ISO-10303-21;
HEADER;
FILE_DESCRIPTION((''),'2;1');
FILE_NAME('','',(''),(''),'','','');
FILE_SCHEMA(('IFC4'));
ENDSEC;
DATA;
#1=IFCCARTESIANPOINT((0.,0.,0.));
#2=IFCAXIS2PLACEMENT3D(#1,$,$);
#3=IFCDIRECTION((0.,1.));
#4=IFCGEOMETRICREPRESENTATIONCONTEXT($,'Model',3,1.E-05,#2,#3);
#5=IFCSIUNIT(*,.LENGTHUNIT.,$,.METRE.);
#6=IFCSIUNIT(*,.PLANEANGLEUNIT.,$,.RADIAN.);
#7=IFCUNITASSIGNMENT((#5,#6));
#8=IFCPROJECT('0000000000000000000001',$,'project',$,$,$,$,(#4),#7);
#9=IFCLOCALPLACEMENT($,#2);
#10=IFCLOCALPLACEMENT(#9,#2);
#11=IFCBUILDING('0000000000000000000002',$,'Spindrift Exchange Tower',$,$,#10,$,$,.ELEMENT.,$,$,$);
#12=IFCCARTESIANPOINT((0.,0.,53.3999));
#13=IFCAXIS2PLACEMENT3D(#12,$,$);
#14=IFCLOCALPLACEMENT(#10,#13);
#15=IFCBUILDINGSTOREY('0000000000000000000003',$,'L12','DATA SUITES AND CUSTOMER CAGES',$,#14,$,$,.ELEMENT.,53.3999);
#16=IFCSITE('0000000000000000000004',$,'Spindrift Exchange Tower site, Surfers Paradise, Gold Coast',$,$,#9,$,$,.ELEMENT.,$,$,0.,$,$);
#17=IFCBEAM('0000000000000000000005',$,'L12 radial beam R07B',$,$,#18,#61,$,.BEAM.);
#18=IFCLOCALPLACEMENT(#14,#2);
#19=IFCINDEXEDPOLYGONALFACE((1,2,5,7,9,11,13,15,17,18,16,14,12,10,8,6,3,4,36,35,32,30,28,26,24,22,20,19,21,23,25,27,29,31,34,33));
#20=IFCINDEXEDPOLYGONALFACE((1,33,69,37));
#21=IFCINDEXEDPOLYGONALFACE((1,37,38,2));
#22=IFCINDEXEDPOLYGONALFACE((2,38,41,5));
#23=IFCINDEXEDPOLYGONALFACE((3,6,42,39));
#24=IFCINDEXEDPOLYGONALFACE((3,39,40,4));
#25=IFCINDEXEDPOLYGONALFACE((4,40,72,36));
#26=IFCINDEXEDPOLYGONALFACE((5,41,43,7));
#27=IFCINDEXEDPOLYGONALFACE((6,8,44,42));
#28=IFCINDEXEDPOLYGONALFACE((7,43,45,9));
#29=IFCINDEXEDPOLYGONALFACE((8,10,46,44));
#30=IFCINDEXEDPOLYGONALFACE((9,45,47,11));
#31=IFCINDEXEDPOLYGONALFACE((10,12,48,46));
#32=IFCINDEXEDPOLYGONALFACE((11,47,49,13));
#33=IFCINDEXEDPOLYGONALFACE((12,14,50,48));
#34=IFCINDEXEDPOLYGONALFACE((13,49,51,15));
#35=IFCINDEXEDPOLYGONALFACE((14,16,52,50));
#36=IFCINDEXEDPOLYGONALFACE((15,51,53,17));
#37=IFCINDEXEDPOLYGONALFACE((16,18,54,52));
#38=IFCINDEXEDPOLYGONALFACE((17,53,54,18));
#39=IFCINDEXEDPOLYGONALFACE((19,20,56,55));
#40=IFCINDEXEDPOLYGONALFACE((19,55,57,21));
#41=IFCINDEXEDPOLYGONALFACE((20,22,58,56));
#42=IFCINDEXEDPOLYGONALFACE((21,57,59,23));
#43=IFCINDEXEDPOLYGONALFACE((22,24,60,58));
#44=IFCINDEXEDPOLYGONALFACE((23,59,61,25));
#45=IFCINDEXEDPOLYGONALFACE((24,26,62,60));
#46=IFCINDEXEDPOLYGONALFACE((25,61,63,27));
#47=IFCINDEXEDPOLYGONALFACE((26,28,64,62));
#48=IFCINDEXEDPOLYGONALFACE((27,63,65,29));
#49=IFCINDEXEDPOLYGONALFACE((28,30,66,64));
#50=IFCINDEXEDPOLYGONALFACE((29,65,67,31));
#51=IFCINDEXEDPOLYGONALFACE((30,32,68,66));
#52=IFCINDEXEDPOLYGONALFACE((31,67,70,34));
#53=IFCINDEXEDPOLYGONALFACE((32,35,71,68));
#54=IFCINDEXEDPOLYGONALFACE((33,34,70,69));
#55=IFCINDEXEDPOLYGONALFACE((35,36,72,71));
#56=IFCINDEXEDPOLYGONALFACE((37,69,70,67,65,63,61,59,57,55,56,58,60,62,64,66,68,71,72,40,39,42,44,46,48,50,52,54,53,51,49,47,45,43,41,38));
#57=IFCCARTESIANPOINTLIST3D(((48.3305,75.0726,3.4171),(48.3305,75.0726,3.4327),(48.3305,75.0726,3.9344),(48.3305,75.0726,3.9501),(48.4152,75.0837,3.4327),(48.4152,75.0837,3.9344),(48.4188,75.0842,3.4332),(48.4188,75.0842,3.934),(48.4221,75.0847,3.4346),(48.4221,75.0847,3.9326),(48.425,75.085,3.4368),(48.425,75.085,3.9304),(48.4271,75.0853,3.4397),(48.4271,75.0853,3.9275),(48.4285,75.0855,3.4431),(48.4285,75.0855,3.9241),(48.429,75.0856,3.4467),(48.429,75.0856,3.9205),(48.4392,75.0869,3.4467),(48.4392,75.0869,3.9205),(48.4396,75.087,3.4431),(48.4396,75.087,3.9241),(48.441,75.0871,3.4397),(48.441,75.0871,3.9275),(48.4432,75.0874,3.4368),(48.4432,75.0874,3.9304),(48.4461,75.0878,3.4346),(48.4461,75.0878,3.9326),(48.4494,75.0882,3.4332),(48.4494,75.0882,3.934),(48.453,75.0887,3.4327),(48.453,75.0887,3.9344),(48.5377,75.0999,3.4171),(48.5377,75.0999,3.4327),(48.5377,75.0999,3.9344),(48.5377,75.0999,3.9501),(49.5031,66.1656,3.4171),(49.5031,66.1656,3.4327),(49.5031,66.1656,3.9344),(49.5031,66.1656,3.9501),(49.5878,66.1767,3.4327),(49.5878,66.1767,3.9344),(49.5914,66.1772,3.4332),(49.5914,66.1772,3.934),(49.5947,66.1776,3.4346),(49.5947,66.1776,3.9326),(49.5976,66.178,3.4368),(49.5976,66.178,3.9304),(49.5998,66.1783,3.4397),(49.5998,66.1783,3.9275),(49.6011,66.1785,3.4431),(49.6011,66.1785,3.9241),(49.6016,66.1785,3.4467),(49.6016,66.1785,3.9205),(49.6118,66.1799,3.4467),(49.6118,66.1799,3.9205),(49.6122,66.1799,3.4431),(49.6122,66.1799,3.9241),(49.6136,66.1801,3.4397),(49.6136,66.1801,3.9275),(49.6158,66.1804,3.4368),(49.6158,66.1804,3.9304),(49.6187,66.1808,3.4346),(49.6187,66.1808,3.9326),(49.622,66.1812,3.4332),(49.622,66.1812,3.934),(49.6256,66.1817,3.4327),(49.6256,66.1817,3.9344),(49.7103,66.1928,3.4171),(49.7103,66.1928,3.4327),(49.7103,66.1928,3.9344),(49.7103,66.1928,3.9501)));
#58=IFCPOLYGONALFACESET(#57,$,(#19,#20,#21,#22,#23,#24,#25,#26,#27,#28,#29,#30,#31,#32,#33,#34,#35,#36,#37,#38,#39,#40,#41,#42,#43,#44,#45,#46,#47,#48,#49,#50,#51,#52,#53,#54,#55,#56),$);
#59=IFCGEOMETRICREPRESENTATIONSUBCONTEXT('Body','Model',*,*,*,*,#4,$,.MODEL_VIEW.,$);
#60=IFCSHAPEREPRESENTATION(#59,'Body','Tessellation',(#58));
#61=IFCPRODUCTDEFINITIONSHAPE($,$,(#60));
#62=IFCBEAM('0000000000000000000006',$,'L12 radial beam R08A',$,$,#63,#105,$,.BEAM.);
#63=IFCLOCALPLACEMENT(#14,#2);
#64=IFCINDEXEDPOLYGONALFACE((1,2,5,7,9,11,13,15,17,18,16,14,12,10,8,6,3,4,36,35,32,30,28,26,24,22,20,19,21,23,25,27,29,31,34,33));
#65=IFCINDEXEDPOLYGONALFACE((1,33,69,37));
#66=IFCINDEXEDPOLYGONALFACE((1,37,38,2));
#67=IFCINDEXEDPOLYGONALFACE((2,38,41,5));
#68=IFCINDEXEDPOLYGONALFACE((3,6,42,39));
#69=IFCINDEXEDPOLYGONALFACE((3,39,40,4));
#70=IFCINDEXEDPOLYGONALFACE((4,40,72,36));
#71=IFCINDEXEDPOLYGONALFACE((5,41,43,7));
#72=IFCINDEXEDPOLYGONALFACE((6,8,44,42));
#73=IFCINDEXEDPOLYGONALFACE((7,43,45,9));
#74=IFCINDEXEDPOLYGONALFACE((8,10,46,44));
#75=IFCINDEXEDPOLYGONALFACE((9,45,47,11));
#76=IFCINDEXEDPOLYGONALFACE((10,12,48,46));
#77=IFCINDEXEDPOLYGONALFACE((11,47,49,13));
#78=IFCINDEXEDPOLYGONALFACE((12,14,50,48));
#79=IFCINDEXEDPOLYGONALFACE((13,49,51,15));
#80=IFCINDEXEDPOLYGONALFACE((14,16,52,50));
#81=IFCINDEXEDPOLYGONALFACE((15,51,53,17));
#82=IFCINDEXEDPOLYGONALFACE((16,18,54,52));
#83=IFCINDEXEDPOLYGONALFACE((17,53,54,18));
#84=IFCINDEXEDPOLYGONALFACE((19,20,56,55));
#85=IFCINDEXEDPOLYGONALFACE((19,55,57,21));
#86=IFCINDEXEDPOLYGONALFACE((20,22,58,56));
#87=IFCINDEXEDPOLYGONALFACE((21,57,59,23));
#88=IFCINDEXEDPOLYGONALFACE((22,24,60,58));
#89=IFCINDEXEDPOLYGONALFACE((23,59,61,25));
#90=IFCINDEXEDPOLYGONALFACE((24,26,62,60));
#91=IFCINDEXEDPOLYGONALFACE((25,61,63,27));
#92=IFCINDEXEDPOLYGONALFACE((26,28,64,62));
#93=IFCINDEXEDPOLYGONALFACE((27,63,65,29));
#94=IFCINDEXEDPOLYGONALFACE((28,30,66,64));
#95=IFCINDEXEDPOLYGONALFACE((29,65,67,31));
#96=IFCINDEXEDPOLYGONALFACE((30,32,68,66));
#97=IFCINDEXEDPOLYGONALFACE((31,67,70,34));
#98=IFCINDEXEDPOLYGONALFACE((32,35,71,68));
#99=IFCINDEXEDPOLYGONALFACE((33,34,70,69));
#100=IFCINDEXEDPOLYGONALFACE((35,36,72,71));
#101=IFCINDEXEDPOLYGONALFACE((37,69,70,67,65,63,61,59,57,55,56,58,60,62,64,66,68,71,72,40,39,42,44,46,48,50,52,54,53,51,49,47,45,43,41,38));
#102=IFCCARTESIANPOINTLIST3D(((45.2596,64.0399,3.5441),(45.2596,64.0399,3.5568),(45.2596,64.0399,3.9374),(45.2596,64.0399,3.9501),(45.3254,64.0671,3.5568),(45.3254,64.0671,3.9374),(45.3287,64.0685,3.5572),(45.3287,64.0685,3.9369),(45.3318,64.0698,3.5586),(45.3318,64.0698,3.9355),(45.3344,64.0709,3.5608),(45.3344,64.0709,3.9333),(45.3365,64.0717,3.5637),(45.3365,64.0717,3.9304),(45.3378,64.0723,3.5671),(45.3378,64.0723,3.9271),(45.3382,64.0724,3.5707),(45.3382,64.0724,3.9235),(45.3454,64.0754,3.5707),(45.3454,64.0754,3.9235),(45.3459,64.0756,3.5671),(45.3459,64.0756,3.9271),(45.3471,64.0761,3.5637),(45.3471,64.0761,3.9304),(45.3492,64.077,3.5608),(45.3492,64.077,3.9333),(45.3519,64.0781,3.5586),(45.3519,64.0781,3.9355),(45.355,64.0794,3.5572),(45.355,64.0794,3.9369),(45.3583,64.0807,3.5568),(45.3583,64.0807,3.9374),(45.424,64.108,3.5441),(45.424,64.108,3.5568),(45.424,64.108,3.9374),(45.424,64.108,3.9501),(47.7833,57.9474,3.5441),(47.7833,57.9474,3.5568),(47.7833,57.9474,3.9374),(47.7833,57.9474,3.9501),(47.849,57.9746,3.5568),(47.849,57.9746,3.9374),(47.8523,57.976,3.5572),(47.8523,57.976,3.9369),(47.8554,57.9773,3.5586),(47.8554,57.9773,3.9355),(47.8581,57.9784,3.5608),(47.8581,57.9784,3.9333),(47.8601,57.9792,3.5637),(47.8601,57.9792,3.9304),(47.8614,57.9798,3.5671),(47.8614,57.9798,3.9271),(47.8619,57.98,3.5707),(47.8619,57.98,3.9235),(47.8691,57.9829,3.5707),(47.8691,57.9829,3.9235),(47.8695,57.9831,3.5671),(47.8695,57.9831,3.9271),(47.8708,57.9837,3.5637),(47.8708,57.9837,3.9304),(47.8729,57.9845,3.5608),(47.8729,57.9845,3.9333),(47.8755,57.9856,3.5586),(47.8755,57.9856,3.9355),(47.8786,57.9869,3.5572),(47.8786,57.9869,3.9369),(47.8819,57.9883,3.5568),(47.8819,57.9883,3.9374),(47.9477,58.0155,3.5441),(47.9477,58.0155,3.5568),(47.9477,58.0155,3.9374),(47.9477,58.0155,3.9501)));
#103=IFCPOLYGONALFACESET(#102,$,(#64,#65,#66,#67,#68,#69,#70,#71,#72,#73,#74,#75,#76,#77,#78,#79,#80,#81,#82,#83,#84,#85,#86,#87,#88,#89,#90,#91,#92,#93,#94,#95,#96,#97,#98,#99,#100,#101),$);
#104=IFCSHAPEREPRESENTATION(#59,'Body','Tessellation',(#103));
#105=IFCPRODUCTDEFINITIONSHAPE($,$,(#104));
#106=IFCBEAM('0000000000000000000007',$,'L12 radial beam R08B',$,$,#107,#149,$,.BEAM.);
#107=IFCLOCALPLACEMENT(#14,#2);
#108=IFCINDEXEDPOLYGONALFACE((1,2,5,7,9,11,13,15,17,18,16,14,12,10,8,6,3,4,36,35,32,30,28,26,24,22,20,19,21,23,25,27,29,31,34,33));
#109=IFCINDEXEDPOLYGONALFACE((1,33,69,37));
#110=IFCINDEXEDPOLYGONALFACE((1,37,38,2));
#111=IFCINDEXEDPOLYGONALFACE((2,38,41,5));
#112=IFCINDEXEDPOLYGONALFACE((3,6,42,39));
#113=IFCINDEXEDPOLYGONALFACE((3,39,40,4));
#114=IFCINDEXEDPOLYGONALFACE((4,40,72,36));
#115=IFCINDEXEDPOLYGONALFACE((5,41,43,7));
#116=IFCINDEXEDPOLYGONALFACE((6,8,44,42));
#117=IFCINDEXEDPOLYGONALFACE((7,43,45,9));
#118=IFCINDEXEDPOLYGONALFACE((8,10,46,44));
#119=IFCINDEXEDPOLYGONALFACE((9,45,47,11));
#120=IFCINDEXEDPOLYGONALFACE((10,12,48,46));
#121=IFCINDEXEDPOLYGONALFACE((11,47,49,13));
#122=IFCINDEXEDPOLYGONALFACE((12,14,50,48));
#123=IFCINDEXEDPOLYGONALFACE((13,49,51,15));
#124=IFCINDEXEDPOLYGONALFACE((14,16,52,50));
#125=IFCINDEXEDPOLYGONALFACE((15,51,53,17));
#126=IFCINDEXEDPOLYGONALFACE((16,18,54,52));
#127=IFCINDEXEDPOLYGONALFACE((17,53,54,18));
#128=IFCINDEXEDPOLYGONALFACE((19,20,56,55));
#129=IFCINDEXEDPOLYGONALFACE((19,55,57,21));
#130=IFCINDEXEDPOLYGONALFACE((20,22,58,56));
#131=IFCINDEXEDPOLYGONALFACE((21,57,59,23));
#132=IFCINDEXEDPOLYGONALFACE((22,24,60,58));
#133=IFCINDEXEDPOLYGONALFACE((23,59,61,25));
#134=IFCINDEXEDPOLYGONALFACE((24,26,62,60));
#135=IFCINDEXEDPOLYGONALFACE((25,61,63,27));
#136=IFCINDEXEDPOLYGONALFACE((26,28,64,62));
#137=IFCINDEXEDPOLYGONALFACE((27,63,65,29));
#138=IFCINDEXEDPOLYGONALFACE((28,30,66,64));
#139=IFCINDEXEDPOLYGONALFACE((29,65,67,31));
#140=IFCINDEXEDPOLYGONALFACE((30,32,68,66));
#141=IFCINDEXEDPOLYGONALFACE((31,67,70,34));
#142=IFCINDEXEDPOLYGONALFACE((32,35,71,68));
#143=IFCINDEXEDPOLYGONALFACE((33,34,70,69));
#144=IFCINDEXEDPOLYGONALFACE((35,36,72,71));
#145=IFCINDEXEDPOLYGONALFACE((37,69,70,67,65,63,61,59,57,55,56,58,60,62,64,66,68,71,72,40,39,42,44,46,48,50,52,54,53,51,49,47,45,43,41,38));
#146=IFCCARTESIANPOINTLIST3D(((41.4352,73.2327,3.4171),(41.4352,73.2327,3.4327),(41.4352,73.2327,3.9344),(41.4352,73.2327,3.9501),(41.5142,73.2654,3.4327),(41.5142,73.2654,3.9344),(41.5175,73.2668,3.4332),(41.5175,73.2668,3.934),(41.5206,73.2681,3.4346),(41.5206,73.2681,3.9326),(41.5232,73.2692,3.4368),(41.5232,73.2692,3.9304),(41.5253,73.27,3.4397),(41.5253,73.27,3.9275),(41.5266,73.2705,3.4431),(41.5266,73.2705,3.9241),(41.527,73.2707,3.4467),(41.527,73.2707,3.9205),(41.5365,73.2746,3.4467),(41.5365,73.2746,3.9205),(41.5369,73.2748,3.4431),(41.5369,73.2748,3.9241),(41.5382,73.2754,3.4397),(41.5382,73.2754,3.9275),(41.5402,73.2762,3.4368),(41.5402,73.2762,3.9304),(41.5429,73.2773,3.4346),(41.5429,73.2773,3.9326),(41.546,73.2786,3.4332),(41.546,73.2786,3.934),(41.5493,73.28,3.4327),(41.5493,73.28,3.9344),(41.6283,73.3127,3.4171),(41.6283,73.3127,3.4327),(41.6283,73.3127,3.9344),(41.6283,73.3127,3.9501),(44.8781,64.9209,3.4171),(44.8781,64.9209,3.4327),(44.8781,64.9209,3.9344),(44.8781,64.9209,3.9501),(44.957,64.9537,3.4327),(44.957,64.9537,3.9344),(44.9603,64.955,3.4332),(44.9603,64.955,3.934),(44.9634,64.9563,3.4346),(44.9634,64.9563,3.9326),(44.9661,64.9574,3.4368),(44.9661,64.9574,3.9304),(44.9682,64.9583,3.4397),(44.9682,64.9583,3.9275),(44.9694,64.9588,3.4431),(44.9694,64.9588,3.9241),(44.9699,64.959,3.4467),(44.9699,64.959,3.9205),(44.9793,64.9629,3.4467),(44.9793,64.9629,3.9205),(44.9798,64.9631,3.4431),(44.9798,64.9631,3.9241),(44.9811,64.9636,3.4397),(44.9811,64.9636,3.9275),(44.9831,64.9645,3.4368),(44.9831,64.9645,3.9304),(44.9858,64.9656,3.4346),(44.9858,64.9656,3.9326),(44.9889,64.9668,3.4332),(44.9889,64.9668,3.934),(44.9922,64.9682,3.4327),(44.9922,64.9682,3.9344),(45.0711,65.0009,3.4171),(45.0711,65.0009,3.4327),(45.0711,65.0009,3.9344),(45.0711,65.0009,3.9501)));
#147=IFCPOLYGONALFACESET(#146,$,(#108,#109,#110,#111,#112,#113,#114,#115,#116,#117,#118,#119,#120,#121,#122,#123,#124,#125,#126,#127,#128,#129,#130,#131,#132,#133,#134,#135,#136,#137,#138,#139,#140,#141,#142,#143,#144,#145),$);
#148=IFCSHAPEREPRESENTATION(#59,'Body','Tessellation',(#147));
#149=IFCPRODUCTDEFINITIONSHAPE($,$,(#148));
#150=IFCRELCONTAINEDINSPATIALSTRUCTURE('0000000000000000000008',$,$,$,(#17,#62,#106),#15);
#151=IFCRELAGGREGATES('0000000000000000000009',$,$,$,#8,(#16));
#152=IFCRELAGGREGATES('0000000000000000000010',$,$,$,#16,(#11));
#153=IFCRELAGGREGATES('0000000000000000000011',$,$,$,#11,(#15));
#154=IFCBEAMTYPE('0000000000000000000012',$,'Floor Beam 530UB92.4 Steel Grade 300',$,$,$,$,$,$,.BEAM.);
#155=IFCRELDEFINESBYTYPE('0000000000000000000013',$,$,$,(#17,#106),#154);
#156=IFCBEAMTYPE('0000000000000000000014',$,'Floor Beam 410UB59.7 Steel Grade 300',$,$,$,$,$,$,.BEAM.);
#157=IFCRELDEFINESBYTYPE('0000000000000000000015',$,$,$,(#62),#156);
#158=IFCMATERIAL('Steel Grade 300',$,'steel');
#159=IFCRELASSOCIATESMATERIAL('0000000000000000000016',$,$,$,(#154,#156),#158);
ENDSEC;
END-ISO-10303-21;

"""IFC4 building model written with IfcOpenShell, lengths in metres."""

from ifc_helpers import new_model, si_unit, direction, frame, origin, origin_2d, place, context, subcontext, project, spatial, i_section, extrude, source, transform, mapped, material, material_profile, profile_set, type_object, element, save


model = new_model("IFC4")

# Units and contexts
model_context = context("Model", 3, precision=1e-05, world=origin(), true_north=direction((0.0, 1.0)))
body_context = subcontext(model_context, "Body", "Model", "MODEL_VIEW")
ifc_project = project(units=[si_unit("LENGTHUNIT", "METRE"), si_unit("PLANEANGLEUNIT", "RADIAN")], contexts=[model_context])

# Site, building, storey
site_placement = place(None, origin())
site = spatial("IfcSite", under=ifc_project, at=site_placement, Name="Spindrift Exchange Tower site, Surfers Paradise, Gold Coast", CompositionType="ELEMENT", RefElevation=0.0)
building_placement = place(site_placement, origin())
building = spatial("IfcBuilding", under=site, at=building_placement, Name="Spindrift Exchange Tower", CompositionType="ELEMENT")
storey_placement = place(building_placement, frame((0.0, 0.0, 53.3999)))
storey = spatial("IfcBuildingStorey", under=building, at=storey_placement, Name="L12", Description="DATA SUITES AND CUSTOMER CAGES", CompositionType="ELEMENT", Elevation=53.3999)

# Beams
ifc_material_1 = material(Name="Steel Grade 300", Category="steel")
ifc_material_profile_1 = material_profile(ifc_material_1, i_section(OverallWidth=0.209, OverallDepth=0.533, WebThickness=0.0103, FlangeThickness=0.0156, FilletRadius=0.0139, at=origin_2d()), Name="530UB92.4")
ifc_profile_set_1 = profile_set([ifc_material_profile_1], Name="Steel Grade 300")
beam_type_1 = type_object("IfcBeamType", Name="Floor Beam 530UB92.4 Steel Grade 300", PredefinedType="BEAM", material=ifc_profile_set_1)
shared_shape_1 = source(origin(), body_context, "Body", "SweptSolid", [
    extrude(i_section(OverallWidth=0.209, OverallDepth=0.533, WebThickness=0.0103, FlangeThickness=0.0156, FilletRadius=0.0139, at=origin_2d()), origin(), (0.0, 0.0, 1.0), 8.9839),
])
beam_1_placement = place(storey_placement, frame((49.6067, 66.1792, 3.6836), z_axis=(-0.130524, 0.991445, 0.0), x_axis=(-0.991445, -0.130524, 0.0)))
element("IfcBeam", 1, at=beam_1_placement, inside=storey, type_object=beam_type_1, Name="L12 radial beam R07B", PredefinedType="BEAM", context=body_context, shape_type="MappedRepresentation", body=[
    mapped(shared_shape_1, transform((0.0, 0.0, 0.0), scale=1.0)),
])
ifc_material_profile_2 = material_profile(ifc_material_1, i_section(OverallWidth=0.178, OverallDepth=0.406, WebThickness=0.0078, FlangeThickness=0.0127, FilletRadius=0.0139, at=origin_2d()), Name="410UB59.7")
ifc_profile_set_2 = profile_set([ifc_material_profile_2], Name="Steel Grade 300")
beam_type_2 = type_object("IfcBeamType", Name="Floor Beam 410UB59.7 Steel Grade 300", PredefinedType="BEAM", material=ifc_profile_set_2)
shared_shape_2 = source(origin(), body_context, "Body", "SweptSolid", [
    extrude(i_section(OverallWidth=0.178, OverallDepth=0.406, WebThickness=0.0078, FlangeThickness=0.0127, FilletRadius=0.0139, at=origin_2d()), origin(), (0.0, 0.0, 1.0), 6.5945),
])
beam_2_placement = place(storey_placement, frame((47.8655, 57.9814, 3.7471), z_axis=(-0.382693, 0.923876, 0.0), x_axis=(-0.923876, -0.382693, 0.0)))
element("IfcBeam", 2, at=beam_2_placement, inside=storey, type_object=beam_type_2, Name="L12 radial beam R08A", PredefinedType="BEAM", context=body_context, shape_type="MappedRepresentation", body=[
    mapped(shared_shape_2, transform((0.0, 0.0, 0.0), scale=1.0)),
])
shared_shape_3 = source(origin(), body_context, "Body", "SweptSolid", [
    extrude(i_section(OverallWidth=0.209, OverallDepth=0.533, WebThickness=0.0103, FlangeThickness=0.0156, FilletRadius=0.0139, at=origin_2d()), origin(), (0.0, 0.0, 1.0), 8.9966),
])
beam_3_placement = place(storey_placement, frame((44.9746, 64.9609, 3.6836), z_axis=(-0.382686, 0.923879, 0.0), x_axis=(-0.923879, -0.382686, 0.0)))
element("IfcBeam", 3, at=beam_3_placement, inside=storey, type_object=beam_type_1, Name="L12 radial beam R08B", PredefinedType="BEAM", context=body_context, shape_type="MappedRepresentation", body=[
    mapped(shared_shape_3, transform((0.0, 0.0, 0.0), scale=1.0)),
])

save(model, "model.ifc")
